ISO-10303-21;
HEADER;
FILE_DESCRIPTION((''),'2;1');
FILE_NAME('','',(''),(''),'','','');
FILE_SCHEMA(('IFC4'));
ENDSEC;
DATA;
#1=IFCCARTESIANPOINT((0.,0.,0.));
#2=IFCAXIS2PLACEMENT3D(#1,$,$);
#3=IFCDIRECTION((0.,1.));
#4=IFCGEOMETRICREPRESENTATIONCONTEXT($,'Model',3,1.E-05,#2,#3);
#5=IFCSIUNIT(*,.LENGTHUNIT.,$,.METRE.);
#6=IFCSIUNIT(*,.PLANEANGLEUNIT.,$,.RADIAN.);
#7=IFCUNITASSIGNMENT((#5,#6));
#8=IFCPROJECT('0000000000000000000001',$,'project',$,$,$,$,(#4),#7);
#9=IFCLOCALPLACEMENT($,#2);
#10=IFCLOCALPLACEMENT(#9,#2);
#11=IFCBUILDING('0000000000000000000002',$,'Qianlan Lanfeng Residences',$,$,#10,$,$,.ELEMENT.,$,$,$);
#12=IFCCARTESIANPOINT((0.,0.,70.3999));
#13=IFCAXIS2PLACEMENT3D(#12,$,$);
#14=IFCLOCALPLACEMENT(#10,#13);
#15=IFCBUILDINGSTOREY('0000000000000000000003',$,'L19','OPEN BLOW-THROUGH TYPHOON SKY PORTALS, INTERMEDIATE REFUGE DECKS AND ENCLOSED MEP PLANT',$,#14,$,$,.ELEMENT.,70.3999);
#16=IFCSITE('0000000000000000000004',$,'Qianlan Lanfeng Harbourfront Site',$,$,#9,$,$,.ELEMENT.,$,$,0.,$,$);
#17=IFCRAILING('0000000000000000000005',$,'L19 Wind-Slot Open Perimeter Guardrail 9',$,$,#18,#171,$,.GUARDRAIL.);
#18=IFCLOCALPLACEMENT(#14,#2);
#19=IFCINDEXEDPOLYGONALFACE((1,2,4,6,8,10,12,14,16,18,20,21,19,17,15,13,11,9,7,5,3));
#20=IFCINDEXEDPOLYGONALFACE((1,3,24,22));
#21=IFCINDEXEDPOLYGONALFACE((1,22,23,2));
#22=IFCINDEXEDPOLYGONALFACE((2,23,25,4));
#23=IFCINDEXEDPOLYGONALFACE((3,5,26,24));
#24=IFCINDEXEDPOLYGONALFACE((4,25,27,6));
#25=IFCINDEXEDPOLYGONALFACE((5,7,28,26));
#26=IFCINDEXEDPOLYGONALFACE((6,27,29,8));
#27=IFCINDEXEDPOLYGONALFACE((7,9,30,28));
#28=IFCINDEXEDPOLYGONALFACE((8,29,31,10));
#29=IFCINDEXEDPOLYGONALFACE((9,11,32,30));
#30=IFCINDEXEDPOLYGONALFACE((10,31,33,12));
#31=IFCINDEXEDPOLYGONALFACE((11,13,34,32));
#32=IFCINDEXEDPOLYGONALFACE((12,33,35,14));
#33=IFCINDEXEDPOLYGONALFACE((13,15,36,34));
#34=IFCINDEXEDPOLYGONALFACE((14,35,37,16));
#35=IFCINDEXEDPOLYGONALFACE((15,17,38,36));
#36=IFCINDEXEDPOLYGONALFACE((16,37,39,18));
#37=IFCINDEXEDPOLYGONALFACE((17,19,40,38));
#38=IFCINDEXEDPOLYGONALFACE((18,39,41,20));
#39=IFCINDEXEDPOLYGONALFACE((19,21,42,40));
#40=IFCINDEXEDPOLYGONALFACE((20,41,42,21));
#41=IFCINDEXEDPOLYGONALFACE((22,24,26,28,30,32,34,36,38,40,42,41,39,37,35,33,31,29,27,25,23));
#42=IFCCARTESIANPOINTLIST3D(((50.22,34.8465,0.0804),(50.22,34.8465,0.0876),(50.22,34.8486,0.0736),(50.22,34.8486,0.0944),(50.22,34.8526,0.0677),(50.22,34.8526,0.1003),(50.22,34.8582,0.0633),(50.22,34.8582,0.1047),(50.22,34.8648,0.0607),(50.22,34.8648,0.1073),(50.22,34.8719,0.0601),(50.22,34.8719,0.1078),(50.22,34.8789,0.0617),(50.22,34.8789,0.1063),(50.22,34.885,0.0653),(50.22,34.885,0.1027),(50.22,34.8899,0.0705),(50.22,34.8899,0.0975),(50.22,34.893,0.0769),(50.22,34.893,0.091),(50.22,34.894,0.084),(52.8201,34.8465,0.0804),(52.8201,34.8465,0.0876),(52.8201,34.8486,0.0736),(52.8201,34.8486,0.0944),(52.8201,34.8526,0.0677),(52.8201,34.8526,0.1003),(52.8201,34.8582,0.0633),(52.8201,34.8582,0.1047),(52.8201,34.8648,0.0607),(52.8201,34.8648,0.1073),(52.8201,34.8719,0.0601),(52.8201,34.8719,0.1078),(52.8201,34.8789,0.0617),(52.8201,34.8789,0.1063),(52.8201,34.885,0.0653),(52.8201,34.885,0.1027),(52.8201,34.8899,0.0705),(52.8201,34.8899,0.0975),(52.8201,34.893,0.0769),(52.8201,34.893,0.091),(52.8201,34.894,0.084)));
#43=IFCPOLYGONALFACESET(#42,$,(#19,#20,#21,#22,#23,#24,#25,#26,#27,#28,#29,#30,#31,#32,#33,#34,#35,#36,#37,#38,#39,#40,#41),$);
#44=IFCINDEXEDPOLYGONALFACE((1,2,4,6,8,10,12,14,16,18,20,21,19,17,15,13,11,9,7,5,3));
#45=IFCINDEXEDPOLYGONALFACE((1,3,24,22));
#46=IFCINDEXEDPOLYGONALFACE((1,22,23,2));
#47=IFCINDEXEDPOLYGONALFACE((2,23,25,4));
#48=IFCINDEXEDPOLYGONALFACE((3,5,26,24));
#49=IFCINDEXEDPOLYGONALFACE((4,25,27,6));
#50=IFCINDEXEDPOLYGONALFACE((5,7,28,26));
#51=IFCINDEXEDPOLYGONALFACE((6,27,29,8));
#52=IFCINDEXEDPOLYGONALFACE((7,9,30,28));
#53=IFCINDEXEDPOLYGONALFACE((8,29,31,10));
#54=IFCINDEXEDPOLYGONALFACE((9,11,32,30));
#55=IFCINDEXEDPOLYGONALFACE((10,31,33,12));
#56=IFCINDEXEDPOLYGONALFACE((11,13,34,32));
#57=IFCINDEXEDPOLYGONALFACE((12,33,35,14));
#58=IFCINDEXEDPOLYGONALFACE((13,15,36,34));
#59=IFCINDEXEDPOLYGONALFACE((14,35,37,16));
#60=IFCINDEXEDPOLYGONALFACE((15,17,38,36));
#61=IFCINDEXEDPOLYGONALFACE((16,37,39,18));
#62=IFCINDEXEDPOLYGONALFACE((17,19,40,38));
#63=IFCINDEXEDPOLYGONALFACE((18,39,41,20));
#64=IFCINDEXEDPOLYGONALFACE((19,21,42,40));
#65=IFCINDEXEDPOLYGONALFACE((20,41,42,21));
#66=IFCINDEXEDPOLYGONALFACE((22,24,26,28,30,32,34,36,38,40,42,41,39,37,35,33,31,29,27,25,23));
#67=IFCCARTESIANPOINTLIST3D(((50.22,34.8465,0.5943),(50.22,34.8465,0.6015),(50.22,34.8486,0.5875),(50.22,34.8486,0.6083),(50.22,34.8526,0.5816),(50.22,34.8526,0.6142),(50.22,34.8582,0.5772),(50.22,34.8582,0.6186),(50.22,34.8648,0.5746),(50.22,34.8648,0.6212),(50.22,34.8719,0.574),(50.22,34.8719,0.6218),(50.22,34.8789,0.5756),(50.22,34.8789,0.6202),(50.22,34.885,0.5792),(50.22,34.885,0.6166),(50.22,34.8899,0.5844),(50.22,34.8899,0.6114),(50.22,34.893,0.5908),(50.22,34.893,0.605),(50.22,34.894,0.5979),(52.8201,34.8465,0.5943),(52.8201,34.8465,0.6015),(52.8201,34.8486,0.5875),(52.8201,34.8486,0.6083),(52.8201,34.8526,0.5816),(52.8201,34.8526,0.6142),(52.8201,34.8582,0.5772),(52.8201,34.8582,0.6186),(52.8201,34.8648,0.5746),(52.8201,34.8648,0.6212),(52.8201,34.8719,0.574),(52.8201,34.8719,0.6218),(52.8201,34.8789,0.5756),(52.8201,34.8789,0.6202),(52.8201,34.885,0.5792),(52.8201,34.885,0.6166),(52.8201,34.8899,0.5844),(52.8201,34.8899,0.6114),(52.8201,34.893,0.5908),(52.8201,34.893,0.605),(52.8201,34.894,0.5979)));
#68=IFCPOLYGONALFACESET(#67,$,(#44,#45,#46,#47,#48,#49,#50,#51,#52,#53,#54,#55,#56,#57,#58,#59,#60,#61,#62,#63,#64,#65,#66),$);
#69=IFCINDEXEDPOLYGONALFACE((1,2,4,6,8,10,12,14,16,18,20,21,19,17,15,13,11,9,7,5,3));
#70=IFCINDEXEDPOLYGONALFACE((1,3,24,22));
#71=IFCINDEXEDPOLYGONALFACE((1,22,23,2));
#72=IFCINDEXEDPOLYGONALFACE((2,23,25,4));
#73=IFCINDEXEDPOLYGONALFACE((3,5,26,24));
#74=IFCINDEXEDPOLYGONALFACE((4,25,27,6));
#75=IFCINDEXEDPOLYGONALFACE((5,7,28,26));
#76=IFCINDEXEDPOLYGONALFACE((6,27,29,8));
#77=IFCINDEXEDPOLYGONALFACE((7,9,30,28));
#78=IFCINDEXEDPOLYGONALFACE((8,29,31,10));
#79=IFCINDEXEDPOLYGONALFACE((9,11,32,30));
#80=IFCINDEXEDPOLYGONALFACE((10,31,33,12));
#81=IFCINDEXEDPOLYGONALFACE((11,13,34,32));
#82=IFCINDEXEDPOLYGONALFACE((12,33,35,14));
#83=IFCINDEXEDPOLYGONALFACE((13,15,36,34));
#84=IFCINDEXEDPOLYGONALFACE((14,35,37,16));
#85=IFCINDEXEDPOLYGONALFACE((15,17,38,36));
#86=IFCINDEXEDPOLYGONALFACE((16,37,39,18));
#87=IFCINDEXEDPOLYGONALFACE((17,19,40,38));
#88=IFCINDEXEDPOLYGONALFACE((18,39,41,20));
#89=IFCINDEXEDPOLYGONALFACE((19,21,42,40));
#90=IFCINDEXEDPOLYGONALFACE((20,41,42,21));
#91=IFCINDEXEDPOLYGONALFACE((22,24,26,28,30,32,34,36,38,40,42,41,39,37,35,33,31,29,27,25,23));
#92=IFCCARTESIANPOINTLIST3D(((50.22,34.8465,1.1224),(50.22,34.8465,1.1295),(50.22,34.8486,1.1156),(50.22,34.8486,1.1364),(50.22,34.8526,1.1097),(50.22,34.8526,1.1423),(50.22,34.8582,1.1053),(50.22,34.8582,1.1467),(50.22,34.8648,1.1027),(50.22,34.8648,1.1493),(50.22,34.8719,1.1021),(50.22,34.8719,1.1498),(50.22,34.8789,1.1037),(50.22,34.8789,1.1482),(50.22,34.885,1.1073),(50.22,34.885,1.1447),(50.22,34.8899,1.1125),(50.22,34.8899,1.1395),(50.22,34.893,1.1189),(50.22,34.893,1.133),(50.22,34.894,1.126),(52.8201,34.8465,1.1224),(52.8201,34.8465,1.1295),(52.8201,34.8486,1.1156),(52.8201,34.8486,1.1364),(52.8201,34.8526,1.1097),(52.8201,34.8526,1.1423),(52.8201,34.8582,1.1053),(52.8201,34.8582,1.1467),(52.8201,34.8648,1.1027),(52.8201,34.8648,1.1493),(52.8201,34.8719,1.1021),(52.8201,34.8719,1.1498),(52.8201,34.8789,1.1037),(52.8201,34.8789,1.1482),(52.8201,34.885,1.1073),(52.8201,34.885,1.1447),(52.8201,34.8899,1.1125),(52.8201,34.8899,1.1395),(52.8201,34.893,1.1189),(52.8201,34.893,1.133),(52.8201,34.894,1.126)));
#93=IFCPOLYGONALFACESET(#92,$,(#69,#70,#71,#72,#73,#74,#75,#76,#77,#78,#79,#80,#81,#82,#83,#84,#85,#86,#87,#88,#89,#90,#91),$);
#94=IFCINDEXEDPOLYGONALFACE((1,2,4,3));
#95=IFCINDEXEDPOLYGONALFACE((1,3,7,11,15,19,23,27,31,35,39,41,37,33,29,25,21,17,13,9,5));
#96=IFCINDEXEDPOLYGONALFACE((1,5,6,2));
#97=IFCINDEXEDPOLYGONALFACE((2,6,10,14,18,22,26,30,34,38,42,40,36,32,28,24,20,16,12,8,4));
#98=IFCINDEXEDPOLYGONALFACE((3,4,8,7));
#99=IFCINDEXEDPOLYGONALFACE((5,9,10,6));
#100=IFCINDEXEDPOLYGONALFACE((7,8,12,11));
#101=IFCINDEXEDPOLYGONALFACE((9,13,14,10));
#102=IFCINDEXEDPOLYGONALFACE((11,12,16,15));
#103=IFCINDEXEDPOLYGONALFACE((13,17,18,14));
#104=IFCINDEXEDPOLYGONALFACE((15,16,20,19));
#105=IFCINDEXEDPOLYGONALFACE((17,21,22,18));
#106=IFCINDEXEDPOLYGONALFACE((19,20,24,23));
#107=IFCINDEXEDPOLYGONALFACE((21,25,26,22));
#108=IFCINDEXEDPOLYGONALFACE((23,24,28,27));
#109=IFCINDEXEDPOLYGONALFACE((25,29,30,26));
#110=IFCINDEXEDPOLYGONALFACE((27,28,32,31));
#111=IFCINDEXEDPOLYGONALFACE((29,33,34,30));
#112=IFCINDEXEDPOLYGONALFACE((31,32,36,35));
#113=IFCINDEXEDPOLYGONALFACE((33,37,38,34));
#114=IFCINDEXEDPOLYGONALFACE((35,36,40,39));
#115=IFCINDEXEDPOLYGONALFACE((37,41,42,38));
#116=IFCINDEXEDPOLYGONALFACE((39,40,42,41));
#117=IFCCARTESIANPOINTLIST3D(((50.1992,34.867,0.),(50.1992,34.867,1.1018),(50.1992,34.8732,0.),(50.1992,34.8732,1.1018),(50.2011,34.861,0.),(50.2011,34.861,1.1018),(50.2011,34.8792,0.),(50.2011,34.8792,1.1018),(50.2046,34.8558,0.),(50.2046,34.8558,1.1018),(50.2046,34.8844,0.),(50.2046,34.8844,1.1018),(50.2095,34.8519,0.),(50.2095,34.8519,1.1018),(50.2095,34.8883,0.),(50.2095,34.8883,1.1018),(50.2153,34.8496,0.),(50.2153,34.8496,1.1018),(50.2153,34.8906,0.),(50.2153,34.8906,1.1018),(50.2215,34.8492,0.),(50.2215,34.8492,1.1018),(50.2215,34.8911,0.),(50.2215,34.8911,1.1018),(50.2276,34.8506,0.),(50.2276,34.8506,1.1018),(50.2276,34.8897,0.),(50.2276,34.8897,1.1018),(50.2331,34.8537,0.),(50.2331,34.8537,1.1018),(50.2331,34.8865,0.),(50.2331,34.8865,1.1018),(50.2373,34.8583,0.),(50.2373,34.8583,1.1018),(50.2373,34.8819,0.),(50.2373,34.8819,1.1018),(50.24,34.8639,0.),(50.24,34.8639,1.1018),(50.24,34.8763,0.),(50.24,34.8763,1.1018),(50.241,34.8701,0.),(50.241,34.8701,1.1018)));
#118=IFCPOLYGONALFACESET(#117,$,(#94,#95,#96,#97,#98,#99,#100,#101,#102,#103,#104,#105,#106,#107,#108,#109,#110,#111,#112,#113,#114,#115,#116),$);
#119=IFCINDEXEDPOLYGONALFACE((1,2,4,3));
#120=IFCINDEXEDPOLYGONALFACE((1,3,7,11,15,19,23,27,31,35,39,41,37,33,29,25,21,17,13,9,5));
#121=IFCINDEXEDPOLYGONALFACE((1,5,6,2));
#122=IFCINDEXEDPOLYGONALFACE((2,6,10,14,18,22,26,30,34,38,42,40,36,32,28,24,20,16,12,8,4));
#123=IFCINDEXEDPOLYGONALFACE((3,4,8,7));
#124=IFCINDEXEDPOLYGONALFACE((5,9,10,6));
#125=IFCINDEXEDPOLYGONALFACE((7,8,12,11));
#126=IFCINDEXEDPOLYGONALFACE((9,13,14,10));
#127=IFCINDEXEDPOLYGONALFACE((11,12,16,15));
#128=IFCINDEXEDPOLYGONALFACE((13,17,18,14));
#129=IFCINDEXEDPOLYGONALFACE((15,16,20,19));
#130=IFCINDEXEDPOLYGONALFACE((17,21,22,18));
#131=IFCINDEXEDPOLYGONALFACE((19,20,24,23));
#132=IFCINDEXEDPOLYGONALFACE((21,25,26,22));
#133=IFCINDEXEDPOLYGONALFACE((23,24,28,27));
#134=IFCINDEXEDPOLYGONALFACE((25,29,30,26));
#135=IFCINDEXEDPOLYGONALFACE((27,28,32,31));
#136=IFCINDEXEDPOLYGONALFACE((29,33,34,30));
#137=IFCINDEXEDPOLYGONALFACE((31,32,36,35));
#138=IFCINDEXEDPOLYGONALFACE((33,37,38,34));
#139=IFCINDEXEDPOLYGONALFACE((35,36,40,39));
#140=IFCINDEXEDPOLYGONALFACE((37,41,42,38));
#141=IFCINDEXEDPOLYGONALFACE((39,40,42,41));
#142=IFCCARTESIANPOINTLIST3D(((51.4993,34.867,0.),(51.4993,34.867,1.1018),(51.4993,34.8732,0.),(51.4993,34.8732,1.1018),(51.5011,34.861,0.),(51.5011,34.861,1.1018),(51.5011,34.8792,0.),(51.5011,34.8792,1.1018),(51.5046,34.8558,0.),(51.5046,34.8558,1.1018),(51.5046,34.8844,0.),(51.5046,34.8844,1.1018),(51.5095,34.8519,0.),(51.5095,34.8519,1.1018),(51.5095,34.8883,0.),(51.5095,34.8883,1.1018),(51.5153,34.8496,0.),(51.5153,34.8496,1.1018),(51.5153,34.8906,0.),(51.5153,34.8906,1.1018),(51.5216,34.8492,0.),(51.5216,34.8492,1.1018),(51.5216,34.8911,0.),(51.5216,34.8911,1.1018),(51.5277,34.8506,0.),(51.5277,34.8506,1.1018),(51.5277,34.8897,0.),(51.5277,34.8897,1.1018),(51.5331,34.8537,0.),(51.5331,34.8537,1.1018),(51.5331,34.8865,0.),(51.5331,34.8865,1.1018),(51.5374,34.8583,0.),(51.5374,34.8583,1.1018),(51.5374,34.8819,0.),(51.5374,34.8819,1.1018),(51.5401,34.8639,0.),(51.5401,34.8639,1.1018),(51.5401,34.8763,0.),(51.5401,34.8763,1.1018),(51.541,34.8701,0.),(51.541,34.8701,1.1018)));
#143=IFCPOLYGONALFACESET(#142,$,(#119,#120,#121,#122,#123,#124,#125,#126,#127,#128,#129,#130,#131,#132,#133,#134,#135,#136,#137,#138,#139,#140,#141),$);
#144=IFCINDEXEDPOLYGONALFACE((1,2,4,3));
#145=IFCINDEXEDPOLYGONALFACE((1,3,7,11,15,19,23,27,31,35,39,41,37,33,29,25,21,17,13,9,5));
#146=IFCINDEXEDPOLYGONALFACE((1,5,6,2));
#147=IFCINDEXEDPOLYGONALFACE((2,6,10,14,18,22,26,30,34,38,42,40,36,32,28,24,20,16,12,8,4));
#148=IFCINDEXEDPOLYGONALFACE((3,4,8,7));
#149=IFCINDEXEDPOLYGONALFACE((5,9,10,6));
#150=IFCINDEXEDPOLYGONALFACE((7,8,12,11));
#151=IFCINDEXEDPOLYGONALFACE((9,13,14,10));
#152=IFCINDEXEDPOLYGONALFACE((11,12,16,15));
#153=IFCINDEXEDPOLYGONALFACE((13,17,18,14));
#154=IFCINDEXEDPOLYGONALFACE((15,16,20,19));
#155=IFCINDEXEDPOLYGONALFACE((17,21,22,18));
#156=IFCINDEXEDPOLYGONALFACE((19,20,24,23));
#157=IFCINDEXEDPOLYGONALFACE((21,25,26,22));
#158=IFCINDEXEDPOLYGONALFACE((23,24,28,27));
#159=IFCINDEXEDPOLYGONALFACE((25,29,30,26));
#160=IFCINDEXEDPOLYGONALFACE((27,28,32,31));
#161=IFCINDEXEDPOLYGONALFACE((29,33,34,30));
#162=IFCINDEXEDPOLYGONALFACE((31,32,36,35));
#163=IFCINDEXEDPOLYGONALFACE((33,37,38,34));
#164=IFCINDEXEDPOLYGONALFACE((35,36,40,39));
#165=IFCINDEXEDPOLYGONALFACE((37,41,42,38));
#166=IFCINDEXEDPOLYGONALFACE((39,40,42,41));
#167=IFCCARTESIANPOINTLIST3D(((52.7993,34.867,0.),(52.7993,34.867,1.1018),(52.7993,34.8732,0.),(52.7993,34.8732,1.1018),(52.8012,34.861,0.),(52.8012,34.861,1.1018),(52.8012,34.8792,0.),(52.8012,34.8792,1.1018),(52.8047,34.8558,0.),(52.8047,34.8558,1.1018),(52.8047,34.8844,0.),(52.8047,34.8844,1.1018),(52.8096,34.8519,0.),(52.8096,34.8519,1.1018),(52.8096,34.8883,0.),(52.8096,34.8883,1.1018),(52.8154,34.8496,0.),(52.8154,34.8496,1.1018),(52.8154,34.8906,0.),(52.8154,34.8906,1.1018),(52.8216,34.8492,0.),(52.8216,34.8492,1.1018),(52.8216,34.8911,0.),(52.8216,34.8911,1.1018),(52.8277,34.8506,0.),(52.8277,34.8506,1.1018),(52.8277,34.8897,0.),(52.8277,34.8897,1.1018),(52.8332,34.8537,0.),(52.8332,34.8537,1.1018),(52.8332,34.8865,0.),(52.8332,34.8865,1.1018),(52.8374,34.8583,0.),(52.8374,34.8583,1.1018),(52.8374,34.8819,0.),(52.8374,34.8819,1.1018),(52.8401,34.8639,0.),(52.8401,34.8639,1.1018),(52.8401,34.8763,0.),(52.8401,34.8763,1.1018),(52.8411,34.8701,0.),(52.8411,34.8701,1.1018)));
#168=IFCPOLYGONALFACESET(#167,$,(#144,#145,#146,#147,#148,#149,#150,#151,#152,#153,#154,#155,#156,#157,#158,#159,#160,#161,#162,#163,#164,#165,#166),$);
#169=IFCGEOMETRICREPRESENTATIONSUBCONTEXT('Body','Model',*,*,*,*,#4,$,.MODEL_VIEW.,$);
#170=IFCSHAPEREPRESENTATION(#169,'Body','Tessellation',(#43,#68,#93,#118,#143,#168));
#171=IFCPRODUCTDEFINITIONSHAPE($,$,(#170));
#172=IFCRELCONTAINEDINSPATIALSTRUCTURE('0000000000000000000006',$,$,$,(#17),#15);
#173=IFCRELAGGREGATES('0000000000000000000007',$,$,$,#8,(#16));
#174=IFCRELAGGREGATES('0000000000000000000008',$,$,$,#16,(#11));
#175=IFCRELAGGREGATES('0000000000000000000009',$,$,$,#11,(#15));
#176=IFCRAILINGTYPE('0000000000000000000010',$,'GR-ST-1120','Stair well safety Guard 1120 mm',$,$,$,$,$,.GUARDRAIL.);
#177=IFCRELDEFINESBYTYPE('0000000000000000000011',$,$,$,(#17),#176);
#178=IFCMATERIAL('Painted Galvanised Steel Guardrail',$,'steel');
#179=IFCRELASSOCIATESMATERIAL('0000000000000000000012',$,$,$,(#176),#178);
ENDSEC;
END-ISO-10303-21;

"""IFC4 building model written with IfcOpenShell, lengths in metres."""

from ifc_helpers import new_model, si_unit, direction, frame, origin, origin_2d, place, context, subcontext, project, spatial, circle, extrude, material, type_object, element, save


model = new_model("IFC4")

# Units and contexts
model_context = context("Model", 3, precision=1e-05, world=origin(), true_north=direction((0.0, 1.0)))
body_context = subcontext(model_context, "Body", "Model", "MODEL_VIEW")
ifc_project = project(units=[si_unit("LENGTHUNIT", "METRE"), si_unit("PLANEANGLEUNIT", "RADIAN")], contexts=[model_context])

# Site, building, storey
site_placement = place(None, origin())
site = spatial("IfcSite", under=ifc_project, at=site_placement, Name="Qianlan Lanfeng Harbourfront Site", CompositionType="ELEMENT", RefElevation=0.0)
building_placement = place(site_placement, origin())
building = spatial("IfcBuilding", under=site, at=building_placement, Name="Qianlan Lanfeng Residences", CompositionType="ELEMENT")
storey_placement = place(building_placement, frame((0.0, 0.0, 70.3999)))
storey = spatial("IfcBuildingStorey", under=building, at=storey_placement, Name="L19", Description="OPEN BLOW-THROUGH TYPHOON SKY PORTALS, INTERMEDIATE REFUGE DECKS AND ENCLOSED MEP PLANT", CompositionType="ELEMENT", Elevation=70.3999)

# Railing
ifc_material_1 = material(Name="Painted Galvanised Steel Guardrail", Category="steel")
railing_type_1 = type_object("IfcRailingType", Name="GR-ST-1120", Description="Stair well safety Guard 1120 mm", PredefinedType="GUARDRAIL", material=ifc_material_1)
railing_1_placement = place(storey_placement, frame((50.22, 34.8701, 0.0)))
element("IfcRailing", 1, at=railing_1_placement, inside=storey, type_object=railing_type_1, Name="L19 Wind-Slot Open Perimeter Guardrail 9", PredefinedType="GUARDRAIL", context=body_context, shape_type="SweptSolid", body=[
    extrude(circle(Radius=0.0239, at=origin_2d()), frame((0.0, 0.0, 0.084), z_axis=(1.0, 0.0, 0.0), x_axis=(0.0, 1.0, 0.0)), (0.0, 0.0, 1.0), 2.6001),
    extrude(circle(Radius=0.0239, at=origin_2d()), frame((0.0, 0.0, 0.5979), z_axis=(1.0, 0.0, 0.0), x_axis=(0.0, 1.0, 0.0)), (0.0, 0.0, 1.0), 2.6001),
    extrude(circle(Radius=0.0239, at=origin_2d()), frame((0.0, 0.0, 1.126), z_axis=(1.0, 0.0, 0.0), x_axis=(0.0, 1.0, 0.0)), (0.0, 0.0, 1.0), 2.6001),
    extrude(circle(Radius=0.021, at=origin_2d()), origin(), (0.0, 0.0, 1.0), 1.1018),
    extrude(circle(Radius=0.021, at=origin_2d()), frame((1.3, 0.0, 0.0)), (0.0, 0.0, 1.0), 1.1018),
    extrude(circle(Radius=0.021, at=origin_2d()), frame((2.6001, 0.0, 0.0)), (0.0, 0.0, 1.0), 1.1018),
])

save(model, "model.ifc")
